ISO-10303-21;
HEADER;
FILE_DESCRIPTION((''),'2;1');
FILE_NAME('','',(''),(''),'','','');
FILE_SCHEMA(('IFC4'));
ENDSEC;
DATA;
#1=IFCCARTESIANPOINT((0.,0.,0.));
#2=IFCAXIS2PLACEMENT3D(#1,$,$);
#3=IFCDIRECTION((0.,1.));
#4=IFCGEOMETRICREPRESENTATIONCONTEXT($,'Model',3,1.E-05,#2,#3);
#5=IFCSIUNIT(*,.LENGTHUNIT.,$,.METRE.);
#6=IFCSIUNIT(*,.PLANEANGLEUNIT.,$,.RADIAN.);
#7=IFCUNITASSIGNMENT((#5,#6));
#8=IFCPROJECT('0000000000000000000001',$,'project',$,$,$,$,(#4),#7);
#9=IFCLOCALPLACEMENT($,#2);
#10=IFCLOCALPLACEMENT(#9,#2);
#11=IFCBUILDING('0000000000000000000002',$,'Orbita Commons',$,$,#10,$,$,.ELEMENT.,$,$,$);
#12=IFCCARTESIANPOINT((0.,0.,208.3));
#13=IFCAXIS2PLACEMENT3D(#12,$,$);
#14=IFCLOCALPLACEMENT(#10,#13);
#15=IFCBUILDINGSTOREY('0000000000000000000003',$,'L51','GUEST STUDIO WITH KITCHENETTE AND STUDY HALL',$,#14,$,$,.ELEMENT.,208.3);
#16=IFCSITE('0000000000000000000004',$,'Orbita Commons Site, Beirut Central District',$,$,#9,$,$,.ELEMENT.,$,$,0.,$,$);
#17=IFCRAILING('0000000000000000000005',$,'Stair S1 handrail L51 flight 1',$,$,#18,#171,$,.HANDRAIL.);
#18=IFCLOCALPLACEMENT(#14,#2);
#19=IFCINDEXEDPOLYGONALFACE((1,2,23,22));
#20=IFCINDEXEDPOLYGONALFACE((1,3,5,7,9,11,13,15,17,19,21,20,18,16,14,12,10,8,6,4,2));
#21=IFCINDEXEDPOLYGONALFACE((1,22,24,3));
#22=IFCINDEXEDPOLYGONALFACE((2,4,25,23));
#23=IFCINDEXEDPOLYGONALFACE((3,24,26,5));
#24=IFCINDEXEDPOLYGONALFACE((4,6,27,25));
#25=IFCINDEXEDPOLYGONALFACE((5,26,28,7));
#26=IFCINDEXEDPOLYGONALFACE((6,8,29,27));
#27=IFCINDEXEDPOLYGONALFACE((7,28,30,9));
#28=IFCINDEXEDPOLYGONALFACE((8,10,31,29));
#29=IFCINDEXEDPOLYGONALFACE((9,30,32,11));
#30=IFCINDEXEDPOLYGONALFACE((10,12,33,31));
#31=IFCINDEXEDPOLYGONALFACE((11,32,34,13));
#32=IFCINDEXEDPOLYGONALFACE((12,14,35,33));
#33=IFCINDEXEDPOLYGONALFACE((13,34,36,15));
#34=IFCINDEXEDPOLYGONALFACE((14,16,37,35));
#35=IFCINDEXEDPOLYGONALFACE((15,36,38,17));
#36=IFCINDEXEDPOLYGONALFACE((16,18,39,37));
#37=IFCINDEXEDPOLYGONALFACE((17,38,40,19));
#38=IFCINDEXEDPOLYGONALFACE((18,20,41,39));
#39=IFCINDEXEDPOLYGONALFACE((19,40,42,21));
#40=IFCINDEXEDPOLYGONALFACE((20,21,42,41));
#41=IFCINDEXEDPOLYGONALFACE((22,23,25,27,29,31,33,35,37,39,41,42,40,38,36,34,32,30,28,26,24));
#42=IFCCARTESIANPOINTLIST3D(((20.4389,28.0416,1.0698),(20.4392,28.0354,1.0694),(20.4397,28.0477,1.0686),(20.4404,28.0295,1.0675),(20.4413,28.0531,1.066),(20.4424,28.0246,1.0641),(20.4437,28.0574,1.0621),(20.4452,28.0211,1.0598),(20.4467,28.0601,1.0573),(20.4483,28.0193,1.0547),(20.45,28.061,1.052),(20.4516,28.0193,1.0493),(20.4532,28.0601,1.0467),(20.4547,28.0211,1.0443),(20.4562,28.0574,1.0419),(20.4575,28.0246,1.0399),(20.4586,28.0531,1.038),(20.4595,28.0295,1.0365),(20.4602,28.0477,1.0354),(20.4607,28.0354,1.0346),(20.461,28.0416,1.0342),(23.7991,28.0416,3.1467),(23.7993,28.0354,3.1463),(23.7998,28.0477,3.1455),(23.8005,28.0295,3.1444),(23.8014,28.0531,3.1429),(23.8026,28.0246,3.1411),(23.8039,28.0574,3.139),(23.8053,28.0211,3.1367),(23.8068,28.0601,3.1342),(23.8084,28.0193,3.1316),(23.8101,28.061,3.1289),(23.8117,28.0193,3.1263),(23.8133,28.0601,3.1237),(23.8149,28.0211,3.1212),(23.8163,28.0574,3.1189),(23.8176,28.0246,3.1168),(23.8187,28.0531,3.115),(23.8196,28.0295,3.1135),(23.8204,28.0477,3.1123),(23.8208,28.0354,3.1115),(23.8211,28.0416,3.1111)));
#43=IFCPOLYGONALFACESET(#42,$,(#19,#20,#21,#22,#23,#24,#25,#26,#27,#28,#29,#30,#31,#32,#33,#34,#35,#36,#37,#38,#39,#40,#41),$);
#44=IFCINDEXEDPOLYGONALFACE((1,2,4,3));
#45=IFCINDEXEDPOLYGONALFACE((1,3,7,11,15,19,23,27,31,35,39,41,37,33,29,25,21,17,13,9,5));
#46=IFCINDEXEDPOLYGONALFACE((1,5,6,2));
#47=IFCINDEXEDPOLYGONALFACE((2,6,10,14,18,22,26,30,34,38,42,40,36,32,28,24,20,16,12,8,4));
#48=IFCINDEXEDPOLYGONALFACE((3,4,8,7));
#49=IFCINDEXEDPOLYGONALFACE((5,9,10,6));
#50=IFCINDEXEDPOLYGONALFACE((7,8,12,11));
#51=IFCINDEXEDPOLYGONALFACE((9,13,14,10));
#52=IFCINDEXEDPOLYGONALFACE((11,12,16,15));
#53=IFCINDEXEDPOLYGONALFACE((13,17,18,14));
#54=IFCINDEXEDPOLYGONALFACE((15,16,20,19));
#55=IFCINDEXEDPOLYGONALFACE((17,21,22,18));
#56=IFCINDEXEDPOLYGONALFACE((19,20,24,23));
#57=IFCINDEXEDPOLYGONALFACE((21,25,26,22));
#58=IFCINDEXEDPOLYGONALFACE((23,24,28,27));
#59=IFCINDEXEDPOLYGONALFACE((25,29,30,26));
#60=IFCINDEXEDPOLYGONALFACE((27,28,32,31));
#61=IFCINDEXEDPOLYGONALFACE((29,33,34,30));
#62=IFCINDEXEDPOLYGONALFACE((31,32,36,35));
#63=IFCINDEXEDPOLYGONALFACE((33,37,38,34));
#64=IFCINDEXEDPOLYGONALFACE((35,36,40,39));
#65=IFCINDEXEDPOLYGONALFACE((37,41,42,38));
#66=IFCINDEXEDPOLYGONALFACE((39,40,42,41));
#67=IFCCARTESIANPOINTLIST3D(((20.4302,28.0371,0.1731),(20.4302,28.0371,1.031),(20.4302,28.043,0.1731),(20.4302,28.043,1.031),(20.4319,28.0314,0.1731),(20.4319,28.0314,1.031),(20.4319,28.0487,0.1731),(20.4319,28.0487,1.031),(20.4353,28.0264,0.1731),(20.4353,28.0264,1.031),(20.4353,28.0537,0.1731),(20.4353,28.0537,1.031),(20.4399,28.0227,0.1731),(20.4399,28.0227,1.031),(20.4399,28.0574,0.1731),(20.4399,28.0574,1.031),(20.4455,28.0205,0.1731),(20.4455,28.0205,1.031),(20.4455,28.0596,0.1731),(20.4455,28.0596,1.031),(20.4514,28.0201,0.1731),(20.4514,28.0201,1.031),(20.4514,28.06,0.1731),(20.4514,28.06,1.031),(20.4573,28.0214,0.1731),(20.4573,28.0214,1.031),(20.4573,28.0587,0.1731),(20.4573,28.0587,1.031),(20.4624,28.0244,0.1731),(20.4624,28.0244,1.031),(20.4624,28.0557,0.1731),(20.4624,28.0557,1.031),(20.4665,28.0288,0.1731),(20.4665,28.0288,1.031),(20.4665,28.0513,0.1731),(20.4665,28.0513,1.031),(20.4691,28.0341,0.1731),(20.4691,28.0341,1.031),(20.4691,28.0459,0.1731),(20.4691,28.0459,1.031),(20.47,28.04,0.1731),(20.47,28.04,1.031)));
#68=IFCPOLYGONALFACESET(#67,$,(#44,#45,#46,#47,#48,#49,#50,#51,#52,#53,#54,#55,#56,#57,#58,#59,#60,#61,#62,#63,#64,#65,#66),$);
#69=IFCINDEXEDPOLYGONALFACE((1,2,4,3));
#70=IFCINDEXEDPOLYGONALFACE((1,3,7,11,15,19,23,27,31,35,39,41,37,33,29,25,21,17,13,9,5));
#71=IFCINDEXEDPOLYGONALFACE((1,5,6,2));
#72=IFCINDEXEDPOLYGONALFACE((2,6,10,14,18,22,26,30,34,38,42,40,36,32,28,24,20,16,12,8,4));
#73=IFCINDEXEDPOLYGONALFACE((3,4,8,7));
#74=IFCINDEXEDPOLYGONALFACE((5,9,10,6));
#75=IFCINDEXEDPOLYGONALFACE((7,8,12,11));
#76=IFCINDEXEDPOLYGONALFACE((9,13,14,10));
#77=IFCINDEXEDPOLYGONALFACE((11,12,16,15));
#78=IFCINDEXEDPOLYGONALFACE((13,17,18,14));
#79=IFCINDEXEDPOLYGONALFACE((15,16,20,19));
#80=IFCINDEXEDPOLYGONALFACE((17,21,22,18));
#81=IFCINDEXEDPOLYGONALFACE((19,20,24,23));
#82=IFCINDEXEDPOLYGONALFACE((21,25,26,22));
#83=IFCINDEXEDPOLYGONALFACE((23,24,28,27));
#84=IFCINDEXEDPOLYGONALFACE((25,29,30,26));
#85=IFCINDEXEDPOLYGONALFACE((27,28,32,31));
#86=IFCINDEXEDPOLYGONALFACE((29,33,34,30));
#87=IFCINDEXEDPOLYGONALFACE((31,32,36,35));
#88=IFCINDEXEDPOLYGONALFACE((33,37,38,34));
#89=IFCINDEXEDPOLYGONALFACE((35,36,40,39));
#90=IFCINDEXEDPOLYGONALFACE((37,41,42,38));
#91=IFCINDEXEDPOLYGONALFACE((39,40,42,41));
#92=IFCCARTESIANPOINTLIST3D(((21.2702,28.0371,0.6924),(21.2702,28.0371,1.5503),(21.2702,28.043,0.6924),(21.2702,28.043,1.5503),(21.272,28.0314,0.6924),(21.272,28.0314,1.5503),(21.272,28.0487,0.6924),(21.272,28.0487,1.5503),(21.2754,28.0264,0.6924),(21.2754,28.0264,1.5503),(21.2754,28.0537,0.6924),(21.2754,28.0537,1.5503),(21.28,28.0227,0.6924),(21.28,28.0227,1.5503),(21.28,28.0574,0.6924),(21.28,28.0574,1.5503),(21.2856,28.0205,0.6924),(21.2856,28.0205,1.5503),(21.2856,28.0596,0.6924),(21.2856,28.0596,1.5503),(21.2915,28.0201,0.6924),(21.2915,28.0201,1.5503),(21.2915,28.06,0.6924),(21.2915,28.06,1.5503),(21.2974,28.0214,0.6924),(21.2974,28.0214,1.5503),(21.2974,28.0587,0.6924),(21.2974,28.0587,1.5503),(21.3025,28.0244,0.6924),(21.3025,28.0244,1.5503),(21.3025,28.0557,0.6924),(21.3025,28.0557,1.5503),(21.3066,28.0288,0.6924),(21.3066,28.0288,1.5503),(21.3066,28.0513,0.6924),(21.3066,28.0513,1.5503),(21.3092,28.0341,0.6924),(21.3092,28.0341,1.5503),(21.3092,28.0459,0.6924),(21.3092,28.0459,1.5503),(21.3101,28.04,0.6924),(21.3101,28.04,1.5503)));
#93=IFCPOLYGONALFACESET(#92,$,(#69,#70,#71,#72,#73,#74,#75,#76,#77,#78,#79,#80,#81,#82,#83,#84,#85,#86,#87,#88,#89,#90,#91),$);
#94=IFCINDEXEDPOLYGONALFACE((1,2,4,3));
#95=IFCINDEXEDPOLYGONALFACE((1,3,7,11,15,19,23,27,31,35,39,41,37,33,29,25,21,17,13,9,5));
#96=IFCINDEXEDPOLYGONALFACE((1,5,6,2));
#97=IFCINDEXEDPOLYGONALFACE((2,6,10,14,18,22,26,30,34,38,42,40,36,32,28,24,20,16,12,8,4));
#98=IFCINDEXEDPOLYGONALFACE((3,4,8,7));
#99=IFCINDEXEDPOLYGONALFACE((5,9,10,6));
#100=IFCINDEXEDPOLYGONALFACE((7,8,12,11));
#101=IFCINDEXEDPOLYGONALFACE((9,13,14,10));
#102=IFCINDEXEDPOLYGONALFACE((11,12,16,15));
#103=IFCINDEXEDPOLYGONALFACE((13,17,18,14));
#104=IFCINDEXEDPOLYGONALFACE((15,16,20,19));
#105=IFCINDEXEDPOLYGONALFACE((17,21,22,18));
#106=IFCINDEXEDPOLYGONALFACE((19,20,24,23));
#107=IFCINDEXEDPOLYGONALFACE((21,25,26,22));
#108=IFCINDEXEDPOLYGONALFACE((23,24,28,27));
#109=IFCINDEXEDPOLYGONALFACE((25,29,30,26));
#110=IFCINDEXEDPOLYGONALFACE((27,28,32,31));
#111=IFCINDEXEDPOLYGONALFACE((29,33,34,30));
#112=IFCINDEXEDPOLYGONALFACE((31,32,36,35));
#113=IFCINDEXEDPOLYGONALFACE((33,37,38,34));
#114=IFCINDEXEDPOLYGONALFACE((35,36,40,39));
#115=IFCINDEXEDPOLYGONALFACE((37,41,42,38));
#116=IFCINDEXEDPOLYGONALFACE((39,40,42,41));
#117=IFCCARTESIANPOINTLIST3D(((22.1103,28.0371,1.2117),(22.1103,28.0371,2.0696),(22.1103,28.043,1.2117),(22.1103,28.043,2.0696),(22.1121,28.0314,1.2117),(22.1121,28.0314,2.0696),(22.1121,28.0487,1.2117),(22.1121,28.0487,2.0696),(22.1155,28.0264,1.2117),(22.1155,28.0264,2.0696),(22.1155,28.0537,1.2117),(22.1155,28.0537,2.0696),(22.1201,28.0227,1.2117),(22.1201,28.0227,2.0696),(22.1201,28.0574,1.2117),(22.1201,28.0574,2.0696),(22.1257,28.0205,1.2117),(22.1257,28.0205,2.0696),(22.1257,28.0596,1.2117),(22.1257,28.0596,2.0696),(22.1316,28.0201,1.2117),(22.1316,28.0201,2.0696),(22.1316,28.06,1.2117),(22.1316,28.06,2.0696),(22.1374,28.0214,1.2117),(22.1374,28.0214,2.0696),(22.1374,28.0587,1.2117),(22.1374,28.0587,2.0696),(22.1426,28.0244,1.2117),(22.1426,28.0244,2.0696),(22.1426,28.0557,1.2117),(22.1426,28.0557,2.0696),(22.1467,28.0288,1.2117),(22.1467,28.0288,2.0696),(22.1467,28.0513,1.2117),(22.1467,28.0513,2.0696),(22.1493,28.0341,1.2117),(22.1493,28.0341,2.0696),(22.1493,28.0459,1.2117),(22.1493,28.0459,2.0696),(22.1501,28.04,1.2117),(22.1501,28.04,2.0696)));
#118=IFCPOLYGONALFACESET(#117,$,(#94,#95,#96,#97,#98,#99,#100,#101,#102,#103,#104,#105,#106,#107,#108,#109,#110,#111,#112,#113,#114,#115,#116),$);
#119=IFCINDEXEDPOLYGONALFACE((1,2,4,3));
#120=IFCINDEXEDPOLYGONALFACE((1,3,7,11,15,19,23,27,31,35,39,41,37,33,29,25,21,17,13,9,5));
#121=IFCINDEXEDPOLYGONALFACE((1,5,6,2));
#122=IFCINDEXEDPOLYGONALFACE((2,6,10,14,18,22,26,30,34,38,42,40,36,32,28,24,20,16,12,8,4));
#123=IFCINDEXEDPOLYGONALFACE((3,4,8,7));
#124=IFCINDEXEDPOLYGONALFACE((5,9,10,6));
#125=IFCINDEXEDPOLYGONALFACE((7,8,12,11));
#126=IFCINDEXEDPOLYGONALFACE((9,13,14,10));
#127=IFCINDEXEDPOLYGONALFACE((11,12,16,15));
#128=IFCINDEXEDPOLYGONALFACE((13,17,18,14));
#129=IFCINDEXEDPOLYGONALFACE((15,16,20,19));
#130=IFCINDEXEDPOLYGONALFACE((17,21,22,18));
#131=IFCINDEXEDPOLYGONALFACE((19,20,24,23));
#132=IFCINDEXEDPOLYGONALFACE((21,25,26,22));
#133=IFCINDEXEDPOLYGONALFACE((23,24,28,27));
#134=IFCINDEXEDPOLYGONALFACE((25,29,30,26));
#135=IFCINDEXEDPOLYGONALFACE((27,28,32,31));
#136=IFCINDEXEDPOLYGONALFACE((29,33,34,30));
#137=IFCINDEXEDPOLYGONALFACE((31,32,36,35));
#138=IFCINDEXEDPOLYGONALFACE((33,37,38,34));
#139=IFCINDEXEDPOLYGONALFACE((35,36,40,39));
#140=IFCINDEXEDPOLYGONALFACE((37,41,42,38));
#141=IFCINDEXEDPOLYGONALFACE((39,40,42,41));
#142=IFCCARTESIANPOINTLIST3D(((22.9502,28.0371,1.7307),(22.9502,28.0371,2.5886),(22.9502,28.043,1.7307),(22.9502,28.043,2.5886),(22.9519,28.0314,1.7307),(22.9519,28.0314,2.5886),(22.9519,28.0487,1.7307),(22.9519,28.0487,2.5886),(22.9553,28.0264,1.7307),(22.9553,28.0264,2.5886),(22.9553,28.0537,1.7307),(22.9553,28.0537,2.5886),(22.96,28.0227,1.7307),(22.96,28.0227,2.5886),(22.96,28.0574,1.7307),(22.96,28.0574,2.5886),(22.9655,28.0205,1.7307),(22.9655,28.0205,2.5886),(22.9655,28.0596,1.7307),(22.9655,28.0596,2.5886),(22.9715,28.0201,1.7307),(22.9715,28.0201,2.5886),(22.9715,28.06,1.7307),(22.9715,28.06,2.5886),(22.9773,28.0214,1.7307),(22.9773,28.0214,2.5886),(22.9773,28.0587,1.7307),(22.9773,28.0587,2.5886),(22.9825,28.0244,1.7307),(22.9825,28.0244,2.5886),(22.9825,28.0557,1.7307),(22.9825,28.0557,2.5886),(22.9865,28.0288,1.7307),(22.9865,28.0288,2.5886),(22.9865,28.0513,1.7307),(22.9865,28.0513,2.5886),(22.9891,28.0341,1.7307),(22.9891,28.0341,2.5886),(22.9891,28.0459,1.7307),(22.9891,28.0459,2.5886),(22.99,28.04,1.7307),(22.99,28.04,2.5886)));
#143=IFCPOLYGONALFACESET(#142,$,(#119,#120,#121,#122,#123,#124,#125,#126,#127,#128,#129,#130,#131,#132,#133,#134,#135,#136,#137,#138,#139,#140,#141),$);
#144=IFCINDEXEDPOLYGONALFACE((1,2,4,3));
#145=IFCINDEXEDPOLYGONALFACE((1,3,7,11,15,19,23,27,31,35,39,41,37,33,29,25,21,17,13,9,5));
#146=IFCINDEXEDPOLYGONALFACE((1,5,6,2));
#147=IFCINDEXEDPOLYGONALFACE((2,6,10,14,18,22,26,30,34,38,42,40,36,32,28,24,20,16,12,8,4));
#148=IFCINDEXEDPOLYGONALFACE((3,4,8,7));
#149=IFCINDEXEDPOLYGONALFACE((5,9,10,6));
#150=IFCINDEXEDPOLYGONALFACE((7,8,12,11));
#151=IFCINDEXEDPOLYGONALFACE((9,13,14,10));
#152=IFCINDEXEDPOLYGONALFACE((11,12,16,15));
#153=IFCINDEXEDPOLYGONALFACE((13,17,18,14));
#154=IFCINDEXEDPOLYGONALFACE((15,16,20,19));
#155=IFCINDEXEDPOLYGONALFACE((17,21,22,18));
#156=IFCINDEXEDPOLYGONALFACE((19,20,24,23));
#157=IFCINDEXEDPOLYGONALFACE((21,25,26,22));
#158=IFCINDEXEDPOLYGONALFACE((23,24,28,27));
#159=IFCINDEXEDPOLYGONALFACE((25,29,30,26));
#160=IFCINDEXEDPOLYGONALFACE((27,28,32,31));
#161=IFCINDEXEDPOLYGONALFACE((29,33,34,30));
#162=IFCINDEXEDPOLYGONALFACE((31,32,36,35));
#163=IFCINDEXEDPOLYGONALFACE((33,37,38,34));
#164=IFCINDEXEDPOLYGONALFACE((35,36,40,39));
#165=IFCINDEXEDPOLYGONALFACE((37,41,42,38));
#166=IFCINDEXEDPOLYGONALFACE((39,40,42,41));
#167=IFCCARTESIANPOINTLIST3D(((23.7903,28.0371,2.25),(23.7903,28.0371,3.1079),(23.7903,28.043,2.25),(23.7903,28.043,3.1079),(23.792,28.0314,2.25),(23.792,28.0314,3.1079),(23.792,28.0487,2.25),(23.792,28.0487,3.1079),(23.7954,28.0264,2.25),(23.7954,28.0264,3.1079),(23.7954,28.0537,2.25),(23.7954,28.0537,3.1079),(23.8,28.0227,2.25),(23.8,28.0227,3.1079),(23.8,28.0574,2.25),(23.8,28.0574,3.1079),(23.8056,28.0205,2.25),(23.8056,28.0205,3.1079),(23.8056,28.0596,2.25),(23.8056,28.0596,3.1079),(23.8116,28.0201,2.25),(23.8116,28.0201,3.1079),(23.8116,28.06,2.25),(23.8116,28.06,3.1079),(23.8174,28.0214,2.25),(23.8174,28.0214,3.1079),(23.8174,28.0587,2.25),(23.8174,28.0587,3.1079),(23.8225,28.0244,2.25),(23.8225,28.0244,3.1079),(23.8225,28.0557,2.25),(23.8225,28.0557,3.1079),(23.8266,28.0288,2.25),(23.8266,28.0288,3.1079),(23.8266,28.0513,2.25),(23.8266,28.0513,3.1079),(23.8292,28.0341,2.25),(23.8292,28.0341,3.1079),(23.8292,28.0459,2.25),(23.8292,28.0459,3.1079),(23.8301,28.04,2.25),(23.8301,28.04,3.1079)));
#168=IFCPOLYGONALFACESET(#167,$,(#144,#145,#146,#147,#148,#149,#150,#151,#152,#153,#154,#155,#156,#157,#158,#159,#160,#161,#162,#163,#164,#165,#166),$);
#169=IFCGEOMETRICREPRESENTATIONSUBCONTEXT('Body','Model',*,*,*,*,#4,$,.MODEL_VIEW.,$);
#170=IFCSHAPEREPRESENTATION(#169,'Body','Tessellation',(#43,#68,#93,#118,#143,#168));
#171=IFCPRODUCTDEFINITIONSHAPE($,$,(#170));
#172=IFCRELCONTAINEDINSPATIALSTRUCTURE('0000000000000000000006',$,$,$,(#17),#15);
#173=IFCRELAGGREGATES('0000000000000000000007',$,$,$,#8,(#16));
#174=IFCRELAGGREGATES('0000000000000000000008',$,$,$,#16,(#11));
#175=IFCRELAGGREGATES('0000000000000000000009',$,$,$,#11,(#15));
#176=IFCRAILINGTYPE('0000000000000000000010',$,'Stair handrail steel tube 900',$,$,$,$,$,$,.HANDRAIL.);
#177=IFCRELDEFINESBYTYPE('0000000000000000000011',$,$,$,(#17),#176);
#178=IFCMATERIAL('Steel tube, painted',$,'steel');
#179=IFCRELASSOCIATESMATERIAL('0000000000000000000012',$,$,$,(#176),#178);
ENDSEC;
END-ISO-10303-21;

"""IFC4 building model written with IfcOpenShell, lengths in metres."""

from ifc_helpers import new_model, si_unit, direction, frame, origin, origin_2d, place, context, subcontext, project, spatial, circle, extrude, material, type_object, element, save


model = new_model("IFC4")

# Units and contexts
model_context = context("Model", 3, precision=1e-05, world=origin(), true_north=direction((0.0, 1.0)))
body_context = subcontext(model_context, "Body", "Model", "MODEL_VIEW")
ifc_project = project(units=[si_unit("LENGTHUNIT", "METRE"), si_unit("PLANEANGLEUNIT", "RADIAN")], contexts=[model_context])

# Site, building, storey
site_placement = place(None, origin())
site = spatial("IfcSite", under=ifc_project, at=site_placement, Name="Orbita Commons Site, Beirut Central District", CompositionType="ELEMENT", RefElevation=0.0)
building_placement = place(site_placement, origin())
building = spatial("IfcBuilding", under=site, at=building_placement, Name="Orbita Commons", CompositionType="ELEMENT")
storey_placement = place(building_placement, frame((0.0, 0.0, 208.3)))
storey = spatial("IfcBuildingStorey", under=building, at=storey_placement, Name="L51", Description="GUEST STUDIO WITH KITCHENETTE AND STUDY HALL", CompositionType="ELEMENT", Elevation=208.3)

# Railing
ifc_material_1 = material(Name="Steel tube, painted", Category="steel")
railing_type = type_object("IfcRailingType", Name="Stair handrail steel tube 900", PredefinedType="HANDRAIL", material=ifc_material_1)
for number, where, name in (
    (1, (20.45, 28.04, 0.1731), "Stair S1 handrail L51 flight 1"),
):
    element("IfcRailing", number, at=place(storey_placement, frame(where)), inside=storey, type_object=railing_type, Name=name, PredefinedType="HANDRAIL", context=body_context, shape_type="SweptSolid", body=[
        extrude(circle(Radius=0.021, at=origin_2d()), frame((0.0, 0.0, 0.8789), z_axis=(0.850623, 0.0, 0.525776), x_axis=(0.0, 1.0, 0.0)), (0.0, 0.0, 1.0), 3.9502),
        extrude(circle(Radius=0.02, at=origin_2d()), origin(), (0.0, 0.0, 1.0), 0.8579),
        extrude(circle(Radius=0.02, at=origin_2d()), frame((0.8401, 0.0, 0.5193)), (0.0, 0.0, 1.0), 0.8579),
        extrude(circle(Radius=0.02, at=origin_2d()), frame((1.6802, 0.0, 1.0386)), (0.0, 0.0, 1.0), 0.8579),
        extrude(circle(Radius=0.02, at=origin_2d()), frame((2.52, 0.0, 1.5576)), (0.0, 0.0, 1.0), 0.8579),
        extrude(circle(Radius=0.02, at=origin_2d()), frame((3.3601, 0.0, 2.0769)), (0.0, 0.0, 1.0), 0.8579),
    ])

save(model, "model.ifc")
